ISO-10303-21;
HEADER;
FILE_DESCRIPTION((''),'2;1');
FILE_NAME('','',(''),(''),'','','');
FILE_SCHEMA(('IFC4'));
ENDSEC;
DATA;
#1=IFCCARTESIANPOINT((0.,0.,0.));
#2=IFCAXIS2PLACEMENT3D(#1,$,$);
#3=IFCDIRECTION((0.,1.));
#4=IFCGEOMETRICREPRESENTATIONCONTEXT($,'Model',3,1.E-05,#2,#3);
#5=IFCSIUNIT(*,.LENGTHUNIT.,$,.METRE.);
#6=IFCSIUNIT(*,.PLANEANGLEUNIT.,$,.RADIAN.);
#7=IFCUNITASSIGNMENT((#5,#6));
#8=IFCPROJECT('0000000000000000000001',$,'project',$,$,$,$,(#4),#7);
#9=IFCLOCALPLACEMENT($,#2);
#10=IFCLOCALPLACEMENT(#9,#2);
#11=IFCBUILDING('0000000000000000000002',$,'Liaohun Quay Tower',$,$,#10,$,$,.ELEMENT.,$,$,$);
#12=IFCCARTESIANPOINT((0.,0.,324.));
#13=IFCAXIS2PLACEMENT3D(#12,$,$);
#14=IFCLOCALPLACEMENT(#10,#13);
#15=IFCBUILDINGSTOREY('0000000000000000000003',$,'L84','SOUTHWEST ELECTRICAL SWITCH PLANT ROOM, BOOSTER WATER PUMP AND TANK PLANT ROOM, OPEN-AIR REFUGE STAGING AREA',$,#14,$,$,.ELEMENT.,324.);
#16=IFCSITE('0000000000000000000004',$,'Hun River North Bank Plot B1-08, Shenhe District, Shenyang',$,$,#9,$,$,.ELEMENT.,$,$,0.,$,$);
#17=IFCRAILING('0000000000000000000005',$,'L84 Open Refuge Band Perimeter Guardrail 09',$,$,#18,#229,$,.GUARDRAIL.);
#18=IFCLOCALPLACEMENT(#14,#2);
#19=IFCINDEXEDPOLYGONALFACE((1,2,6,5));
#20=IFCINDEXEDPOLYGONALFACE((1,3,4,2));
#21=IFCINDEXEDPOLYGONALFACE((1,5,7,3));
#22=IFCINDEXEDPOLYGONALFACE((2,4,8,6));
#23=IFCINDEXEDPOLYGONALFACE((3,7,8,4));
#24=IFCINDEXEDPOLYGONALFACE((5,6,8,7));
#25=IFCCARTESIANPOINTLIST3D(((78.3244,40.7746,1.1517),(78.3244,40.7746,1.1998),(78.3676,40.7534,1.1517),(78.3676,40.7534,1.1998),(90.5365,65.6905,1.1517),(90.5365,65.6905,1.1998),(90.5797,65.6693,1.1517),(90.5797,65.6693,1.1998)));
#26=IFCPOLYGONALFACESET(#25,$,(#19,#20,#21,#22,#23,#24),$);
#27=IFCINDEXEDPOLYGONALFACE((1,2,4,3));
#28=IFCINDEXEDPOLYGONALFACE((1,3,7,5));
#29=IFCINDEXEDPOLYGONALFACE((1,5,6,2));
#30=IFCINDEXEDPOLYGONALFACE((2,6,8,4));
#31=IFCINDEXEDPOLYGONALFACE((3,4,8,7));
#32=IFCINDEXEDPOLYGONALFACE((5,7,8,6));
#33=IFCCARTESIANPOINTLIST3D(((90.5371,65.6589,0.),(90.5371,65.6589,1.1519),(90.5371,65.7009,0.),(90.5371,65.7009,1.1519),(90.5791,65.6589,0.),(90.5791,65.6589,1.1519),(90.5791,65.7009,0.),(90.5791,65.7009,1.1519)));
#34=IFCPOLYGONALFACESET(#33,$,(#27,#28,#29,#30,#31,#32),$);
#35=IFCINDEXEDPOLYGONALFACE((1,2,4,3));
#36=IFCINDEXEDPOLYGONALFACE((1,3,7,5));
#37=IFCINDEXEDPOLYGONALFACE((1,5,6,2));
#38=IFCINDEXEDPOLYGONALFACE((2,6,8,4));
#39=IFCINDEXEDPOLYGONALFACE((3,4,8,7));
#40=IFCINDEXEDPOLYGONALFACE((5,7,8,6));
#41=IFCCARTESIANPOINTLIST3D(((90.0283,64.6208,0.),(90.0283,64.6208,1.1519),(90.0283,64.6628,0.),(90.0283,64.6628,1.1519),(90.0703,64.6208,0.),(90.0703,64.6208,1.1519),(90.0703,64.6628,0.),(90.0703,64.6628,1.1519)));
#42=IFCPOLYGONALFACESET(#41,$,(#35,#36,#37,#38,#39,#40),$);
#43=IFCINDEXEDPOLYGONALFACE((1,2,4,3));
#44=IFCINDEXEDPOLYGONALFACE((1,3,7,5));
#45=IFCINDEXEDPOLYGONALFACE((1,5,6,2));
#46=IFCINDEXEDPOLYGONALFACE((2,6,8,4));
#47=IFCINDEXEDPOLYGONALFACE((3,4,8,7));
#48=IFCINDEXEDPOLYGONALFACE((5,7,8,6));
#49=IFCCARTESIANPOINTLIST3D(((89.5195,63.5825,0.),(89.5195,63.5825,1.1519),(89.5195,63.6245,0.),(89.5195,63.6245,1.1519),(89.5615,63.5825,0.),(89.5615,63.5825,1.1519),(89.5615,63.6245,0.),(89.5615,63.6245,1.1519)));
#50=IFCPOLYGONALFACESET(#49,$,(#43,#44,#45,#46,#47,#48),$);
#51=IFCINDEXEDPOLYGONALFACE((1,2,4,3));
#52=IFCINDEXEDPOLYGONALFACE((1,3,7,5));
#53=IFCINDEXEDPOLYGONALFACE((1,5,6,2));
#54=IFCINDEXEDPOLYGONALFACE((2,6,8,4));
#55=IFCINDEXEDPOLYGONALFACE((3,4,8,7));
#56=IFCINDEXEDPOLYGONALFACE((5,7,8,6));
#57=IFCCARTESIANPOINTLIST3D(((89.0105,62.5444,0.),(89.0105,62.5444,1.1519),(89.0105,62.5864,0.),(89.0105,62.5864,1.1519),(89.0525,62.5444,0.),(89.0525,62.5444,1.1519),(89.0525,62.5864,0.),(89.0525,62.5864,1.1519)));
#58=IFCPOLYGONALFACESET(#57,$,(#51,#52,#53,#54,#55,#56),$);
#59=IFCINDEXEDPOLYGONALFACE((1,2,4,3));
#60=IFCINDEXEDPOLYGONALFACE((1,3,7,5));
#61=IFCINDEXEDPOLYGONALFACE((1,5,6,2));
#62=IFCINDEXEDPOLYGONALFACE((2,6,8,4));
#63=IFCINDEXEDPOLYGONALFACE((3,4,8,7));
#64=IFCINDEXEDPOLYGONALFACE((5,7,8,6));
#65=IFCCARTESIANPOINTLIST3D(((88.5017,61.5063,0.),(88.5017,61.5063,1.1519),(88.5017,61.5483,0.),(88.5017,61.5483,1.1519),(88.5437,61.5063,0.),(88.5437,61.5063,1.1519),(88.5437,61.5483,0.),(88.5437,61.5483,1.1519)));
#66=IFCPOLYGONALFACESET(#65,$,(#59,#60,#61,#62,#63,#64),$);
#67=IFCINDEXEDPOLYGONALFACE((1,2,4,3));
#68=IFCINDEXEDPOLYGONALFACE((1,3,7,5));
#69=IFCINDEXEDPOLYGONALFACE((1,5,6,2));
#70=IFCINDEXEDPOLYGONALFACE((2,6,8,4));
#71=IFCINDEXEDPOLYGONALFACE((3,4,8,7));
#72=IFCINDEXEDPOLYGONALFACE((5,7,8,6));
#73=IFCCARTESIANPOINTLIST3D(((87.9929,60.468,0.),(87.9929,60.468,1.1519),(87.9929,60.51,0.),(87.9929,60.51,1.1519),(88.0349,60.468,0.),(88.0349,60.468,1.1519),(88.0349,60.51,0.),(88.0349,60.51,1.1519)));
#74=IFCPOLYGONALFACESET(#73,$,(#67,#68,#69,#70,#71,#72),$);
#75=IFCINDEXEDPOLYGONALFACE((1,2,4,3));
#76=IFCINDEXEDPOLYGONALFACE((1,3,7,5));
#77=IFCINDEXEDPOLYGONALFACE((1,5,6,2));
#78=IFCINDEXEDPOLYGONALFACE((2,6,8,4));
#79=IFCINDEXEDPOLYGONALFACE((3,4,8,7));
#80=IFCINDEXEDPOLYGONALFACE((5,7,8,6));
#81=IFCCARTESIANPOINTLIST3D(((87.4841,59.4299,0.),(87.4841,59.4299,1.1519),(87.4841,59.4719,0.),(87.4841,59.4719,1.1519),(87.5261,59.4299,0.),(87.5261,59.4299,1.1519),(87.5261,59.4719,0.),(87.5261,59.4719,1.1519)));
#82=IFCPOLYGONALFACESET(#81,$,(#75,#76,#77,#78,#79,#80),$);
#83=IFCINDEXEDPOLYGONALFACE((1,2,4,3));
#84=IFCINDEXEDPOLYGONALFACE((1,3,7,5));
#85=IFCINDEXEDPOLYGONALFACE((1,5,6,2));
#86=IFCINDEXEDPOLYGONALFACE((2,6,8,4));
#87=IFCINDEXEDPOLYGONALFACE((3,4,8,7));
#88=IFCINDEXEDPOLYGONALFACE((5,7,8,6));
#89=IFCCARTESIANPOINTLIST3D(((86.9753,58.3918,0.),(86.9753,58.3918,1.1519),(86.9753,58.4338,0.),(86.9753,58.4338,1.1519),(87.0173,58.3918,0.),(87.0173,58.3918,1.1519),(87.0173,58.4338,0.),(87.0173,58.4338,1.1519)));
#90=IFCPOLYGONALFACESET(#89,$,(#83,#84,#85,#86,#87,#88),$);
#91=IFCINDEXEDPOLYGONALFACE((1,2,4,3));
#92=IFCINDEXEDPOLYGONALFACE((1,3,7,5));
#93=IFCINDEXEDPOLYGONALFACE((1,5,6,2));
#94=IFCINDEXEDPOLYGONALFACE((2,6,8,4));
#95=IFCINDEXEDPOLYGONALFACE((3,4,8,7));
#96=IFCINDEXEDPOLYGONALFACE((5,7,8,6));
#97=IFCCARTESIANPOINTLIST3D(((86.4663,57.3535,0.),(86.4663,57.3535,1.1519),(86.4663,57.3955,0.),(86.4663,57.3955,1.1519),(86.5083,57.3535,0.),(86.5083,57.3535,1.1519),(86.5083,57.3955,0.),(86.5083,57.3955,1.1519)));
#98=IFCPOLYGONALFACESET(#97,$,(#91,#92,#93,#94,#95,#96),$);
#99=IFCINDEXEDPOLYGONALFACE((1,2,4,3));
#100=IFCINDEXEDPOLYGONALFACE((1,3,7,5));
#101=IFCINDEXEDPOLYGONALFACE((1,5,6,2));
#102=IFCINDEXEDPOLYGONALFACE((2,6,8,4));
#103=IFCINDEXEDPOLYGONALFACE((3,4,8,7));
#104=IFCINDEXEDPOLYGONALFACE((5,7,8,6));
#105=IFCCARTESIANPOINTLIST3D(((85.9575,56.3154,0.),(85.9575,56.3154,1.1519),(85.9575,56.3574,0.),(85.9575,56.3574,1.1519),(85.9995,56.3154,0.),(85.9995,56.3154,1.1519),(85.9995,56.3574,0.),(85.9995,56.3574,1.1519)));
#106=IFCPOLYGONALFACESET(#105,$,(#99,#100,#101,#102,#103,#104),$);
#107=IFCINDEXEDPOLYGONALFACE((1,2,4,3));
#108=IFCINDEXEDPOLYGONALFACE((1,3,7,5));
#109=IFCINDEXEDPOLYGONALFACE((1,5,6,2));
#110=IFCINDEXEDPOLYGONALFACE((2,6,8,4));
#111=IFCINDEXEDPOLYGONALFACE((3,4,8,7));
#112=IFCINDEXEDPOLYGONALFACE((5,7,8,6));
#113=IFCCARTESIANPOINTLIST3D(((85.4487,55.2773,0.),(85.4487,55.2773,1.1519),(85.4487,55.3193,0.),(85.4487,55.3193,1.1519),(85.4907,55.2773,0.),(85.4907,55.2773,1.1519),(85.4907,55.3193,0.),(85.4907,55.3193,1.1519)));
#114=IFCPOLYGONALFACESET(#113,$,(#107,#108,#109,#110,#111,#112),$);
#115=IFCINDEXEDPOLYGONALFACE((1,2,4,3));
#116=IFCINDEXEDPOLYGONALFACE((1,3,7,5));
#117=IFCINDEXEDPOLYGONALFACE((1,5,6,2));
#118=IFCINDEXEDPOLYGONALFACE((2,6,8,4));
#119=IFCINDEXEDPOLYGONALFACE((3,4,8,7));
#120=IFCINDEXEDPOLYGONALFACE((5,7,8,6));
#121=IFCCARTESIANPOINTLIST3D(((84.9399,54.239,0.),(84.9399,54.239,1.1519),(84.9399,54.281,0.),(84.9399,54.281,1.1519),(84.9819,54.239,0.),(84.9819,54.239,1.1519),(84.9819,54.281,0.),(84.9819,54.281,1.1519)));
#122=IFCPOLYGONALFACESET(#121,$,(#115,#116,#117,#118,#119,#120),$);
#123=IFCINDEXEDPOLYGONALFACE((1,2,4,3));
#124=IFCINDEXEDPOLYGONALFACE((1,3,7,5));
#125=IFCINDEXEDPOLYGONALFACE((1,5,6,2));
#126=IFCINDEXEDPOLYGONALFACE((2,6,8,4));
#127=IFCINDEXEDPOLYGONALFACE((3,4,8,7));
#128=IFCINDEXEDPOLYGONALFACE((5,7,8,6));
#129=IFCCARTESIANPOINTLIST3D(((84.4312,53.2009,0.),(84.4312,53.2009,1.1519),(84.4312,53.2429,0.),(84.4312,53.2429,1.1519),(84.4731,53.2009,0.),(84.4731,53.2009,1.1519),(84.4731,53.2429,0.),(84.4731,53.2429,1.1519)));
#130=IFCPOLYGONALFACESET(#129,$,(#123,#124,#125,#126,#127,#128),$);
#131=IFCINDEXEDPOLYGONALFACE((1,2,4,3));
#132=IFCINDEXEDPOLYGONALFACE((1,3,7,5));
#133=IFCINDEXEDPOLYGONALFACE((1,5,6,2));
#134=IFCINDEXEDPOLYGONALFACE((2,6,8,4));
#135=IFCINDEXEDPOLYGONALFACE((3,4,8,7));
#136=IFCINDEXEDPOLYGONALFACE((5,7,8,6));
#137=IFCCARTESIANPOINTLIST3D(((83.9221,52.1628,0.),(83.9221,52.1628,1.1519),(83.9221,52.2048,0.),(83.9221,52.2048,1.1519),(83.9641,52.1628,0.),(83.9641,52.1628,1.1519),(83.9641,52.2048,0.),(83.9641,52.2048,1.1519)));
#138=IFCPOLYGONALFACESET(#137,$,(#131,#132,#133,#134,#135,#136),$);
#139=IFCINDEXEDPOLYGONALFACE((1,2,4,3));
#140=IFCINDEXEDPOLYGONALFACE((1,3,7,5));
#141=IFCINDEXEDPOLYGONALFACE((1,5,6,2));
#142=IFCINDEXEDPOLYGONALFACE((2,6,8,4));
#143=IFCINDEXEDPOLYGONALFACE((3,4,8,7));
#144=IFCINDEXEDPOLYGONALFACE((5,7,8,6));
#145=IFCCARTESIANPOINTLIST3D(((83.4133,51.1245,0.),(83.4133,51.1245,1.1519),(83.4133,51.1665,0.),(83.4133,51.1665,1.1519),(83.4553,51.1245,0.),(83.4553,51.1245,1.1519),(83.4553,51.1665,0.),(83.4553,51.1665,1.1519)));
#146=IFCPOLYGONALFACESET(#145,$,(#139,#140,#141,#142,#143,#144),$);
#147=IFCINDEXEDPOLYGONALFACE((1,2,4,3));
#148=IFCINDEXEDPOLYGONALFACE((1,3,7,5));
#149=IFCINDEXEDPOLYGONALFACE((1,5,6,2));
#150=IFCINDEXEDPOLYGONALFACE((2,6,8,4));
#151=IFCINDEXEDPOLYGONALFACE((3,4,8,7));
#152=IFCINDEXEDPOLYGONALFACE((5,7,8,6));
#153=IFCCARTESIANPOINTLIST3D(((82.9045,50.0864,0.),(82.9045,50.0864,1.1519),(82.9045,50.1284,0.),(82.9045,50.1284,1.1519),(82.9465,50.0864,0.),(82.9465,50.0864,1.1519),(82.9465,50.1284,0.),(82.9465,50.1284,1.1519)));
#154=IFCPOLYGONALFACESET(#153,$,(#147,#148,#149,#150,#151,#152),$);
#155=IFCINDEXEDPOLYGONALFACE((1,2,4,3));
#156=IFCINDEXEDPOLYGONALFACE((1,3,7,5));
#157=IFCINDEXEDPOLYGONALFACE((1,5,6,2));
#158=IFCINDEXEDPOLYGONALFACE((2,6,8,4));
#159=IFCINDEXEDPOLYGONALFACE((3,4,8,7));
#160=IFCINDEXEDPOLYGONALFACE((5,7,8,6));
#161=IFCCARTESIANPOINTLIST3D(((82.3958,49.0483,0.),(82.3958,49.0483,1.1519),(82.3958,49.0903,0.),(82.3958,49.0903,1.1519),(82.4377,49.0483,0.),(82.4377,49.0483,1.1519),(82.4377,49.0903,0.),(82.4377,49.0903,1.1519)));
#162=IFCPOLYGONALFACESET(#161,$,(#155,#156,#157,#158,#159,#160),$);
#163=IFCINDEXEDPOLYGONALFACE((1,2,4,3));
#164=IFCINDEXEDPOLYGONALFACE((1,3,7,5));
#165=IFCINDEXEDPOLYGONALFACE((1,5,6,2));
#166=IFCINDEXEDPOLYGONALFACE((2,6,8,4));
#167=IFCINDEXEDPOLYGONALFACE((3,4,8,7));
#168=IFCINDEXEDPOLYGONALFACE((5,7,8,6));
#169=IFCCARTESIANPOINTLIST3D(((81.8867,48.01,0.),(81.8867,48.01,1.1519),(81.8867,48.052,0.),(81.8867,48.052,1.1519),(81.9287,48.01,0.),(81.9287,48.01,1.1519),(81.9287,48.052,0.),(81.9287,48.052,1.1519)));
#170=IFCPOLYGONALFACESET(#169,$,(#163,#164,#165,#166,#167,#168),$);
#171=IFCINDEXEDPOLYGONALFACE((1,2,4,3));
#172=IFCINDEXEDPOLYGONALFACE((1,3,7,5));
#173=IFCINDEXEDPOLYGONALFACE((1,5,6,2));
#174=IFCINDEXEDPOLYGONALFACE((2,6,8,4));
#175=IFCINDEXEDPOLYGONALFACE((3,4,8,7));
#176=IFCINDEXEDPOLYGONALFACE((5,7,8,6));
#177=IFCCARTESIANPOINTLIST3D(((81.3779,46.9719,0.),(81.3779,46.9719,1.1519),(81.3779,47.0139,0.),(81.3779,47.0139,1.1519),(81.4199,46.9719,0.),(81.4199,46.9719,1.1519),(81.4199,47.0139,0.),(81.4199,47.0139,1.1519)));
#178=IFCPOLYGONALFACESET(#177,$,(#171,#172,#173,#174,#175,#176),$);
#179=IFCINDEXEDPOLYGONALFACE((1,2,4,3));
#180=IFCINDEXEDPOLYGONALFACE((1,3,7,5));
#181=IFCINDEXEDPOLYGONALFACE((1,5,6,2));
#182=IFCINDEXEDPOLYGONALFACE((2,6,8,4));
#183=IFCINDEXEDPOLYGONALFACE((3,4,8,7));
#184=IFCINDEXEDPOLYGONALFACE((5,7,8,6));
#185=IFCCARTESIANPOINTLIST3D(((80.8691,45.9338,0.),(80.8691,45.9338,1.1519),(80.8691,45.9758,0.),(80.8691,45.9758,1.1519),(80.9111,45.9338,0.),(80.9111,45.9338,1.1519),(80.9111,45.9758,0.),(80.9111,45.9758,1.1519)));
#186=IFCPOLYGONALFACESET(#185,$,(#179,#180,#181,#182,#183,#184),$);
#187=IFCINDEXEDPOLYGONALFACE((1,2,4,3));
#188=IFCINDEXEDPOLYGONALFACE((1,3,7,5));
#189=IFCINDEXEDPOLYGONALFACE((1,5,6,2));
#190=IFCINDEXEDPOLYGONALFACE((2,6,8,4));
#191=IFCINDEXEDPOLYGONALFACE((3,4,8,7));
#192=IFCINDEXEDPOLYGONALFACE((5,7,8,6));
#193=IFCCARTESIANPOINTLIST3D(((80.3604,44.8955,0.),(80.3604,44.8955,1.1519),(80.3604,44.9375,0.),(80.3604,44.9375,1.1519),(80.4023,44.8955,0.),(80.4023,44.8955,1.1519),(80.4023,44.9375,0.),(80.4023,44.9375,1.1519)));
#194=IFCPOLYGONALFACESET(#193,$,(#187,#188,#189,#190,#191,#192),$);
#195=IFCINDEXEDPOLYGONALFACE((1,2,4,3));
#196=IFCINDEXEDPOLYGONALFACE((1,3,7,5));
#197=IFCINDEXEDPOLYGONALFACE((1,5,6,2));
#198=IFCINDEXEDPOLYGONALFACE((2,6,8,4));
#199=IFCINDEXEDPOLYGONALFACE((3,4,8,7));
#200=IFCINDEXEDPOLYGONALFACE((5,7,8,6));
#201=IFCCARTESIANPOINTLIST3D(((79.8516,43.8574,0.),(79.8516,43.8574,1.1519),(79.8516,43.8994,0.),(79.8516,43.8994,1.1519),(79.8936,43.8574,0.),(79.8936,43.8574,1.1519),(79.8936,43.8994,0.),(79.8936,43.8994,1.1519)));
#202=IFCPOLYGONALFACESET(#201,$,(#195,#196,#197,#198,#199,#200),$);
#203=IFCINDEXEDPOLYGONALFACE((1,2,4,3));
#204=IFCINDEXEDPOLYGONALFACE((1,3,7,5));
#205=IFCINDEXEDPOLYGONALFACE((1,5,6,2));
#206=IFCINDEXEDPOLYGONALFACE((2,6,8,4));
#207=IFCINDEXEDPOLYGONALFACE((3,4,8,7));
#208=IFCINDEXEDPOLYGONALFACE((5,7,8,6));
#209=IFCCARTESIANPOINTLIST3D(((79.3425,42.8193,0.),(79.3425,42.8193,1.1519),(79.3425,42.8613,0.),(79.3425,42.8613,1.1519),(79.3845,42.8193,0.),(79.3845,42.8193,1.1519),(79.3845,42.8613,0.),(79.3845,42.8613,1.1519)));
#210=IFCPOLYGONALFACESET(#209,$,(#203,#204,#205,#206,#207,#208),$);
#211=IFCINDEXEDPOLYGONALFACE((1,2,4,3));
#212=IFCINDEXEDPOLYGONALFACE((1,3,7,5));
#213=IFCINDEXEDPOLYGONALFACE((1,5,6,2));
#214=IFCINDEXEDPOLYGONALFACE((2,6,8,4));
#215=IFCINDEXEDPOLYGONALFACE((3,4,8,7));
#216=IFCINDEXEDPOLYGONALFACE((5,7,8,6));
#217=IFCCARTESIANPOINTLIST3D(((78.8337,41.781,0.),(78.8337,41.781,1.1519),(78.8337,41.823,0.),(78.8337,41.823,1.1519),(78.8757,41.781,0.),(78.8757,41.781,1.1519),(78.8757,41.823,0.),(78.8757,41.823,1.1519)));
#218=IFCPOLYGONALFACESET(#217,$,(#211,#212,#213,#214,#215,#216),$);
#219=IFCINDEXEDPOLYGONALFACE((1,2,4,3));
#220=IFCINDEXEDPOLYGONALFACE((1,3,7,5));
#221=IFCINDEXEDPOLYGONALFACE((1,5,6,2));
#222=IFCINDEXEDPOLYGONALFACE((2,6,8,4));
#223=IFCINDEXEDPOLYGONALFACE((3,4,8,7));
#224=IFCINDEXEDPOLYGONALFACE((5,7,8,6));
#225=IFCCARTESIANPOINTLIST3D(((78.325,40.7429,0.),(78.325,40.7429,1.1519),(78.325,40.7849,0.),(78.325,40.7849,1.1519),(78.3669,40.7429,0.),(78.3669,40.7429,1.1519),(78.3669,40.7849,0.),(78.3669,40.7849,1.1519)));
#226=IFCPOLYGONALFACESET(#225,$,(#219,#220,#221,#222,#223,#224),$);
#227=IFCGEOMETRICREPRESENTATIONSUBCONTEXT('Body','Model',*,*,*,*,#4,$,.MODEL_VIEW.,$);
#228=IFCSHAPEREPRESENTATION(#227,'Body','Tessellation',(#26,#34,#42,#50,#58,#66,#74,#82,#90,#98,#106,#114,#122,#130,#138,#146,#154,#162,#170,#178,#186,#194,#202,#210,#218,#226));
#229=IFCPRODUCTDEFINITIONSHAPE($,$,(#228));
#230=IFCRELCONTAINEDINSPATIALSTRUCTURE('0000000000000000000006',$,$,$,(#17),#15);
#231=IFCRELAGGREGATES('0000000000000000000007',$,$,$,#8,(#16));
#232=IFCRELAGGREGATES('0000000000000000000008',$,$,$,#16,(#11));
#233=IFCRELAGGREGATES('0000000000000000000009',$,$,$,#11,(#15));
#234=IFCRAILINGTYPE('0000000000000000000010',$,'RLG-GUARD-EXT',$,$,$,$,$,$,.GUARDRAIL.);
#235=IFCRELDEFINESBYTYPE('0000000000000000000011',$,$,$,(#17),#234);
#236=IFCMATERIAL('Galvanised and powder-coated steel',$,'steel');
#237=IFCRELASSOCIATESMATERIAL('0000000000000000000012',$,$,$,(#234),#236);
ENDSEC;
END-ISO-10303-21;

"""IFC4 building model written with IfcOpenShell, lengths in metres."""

from ifc_helpers import new_model, si_unit, direction, frame, origin, origin_2d, place, context, subcontext, project, spatial, rectangle, extrude, material, type_object, element, save


model = new_model("IFC4")

# Units and contexts
model_context = context("Model", 3, precision=1e-05, world=origin(), true_north=direction((0.0, 1.0)))
body_context = subcontext(model_context, "Body", "Model", "MODEL_VIEW")
ifc_project = project(units=[si_unit("LENGTHUNIT", "METRE"), si_unit("PLANEANGLEUNIT", "RADIAN")], contexts=[model_context])

# Site, building, storey
site_placement = place(None, origin())
site = spatial("IfcSite", under=ifc_project, at=site_placement, Name="Hun River North Bank Plot B1-08, Shenhe District, Shenyang", CompositionType="ELEMENT", RefElevation=0.0)
building_placement = place(site_placement, origin())
building = spatial("IfcBuilding", under=site, at=building_placement, Name="Liaohun Quay Tower", CompositionType="ELEMENT")
storey_placement = place(building_placement, frame((0.0, 0.0, 324.0)))
storey = spatial("IfcBuildingStorey", under=building, at=storey_placement, Name="L84", Description="SOUTHWEST ELECTRICAL SWITCH PLANT ROOM, BOOSTER WATER PUMP AND TANK PLANT ROOM, OPEN-AIR REFUGE STAGING AREA", CompositionType="ELEMENT", Elevation=324.0)

# Railing
ifc_material_1 = material(Name="Galvanised and powder-coated steel", Category="steel")
railing_type = type_object("IfcRailingType", Name="RLG-GUARD-EXT", PredefinedType="GUARDRAIL", material=ifc_material_1)
railing_1_placement = place(storey_placement, frame((90.5581, 65.6799, 0.0)))
element("IfcRailing", 1, at=railing_1_placement, inside=storey, type_object=railing_type, Name="L84 Open Refuge Band Perimeter Guardrail 09", PredefinedType="GUARDRAIL", context=body_context, shape_type="SweptSolid", body=[
    extrude(rectangle(XDim=0.0481, YDim=0.0481, at=origin_2d()), frame((0.0, 0.0, 1.1758), z_axis=(-0.440111, -0.897943, 0.0), x_axis=(0.897943, -0.440111, 0.0)), (0.0, 0.0, 1.0), 27.7478),
    extrude(rectangle(XDim=0.042, YDim=0.042, at=origin_2d()), origin(), (0.0, 0.0, 1.0), 1.1519),
    extrude(rectangle(XDim=0.042, YDim=0.042, at=origin_2d()), frame((-0.5088, -1.0381, 0.0)), (0.0, 0.0, 1.0), 1.1519),
    extrude(rectangle(XDim=0.042, YDim=0.042, at=origin_2d()), frame((-1.0176, -2.0764, 0.0)), (0.0, 0.0, 1.0), 1.1519),
    extrude(rectangle(XDim=0.042, YDim=0.042, at=origin_2d()), frame((-1.5266, -3.1145, 0.0)), (0.0, 0.0, 1.0), 1.1519),
    extrude(rectangle(XDim=0.042, YDim=0.042, at=origin_2d()), frame((-2.0354, -4.1526, 0.0)), (0.0, 0.0, 1.0), 1.1519),
    extrude(rectangle(XDim=0.042, YDim=0.042, at=origin_2d()), frame((-2.5442, -5.1909, 0.0)), (0.0, 0.0, 1.0), 1.1519),
    extrude(rectangle(XDim=0.042, YDim=0.042, at=origin_2d()), frame((-3.053, -6.229, 0.0)), (0.0, 0.0, 1.0), 1.1519),
    extrude(rectangle(XDim=0.042, YDim=0.042, at=origin_2d()), frame((-3.5618, -7.2671, 0.0)), (0.0, 0.0, 1.0), 1.1519),
    extrude(rectangle(XDim=0.042, YDim=0.042, at=origin_2d()), frame((-4.0708, -8.3054, 0.0)), (0.0, 0.0, 1.0), 1.1519),
    extrude(rectangle(XDim=0.042, YDim=0.042, at=origin_2d()), frame((-4.5796, -9.3435, 0.0)), (0.0, 0.0, 1.0), 1.1519),
    extrude(rectangle(XDim=0.042, YDim=0.042, at=origin_2d()), frame((-5.0884, -10.3816, 0.0)), (0.0, 0.0, 1.0), 1.1519),
    extrude(rectangle(XDim=0.042, YDim=0.042, at=origin_2d()), frame((-5.5972, -11.4199, 0.0)), (0.0, 0.0, 1.0), 1.1519),
    extrude(rectangle(XDim=0.042, YDim=0.042, at=origin_2d()), frame((-6.106, -12.458, 0.0)), (0.0, 0.0, 1.0), 1.1519),
    extrude(rectangle(XDim=0.042, YDim=0.042, at=origin_2d()), frame((-6.615, -13.4961, 0.0)), (0.0, 0.0, 1.0), 1.1519),
    extrude(rectangle(XDim=0.042, YDim=0.042, at=origin_2d()), frame((-7.1238, -14.5344, 0.0)), (0.0, 0.0, 1.0), 1.1519),
    extrude(rectangle(XDim=0.042, YDim=0.042, at=origin_2d()), frame((-7.6326, -15.5725, 0.0)), (0.0, 0.0, 1.0), 1.1519),
    extrude(rectangle(XDim=0.042, YDim=0.042, at=origin_2d()), frame((-8.1414, -16.6106, 0.0)), (0.0, 0.0, 1.0), 1.1519),
    extrude(rectangle(XDim=0.042, YDim=0.042, at=origin_2d()), frame((-8.6504, -17.6489, 0.0)), (0.0, 0.0, 1.0), 1.1519),
    extrude(rectangle(XDim=0.042, YDim=0.042, at=origin_2d()), frame((-9.1592, -18.687, 0.0)), (0.0, 0.0, 1.0), 1.1519),
    extrude(rectangle(XDim=0.042, YDim=0.042, at=origin_2d()), frame((-9.668, -19.7251, 0.0)), (0.0, 0.0, 1.0), 1.1519),
    extrude(rectangle(XDim=0.042, YDim=0.042, at=origin_2d()), frame((-10.1768, -20.7634, 0.0)), (0.0, 0.0, 1.0), 1.1519),
    extrude(rectangle(XDim=0.042, YDim=0.042, at=origin_2d()), frame((-10.6855, -21.8015, 0.0)), (0.0, 0.0, 1.0), 1.1519),
    extrude(rectangle(XDim=0.042, YDim=0.042, at=origin_2d()), frame((-11.1946, -22.8396, 0.0)), (0.0, 0.0, 1.0), 1.1519),
    extrude(rectangle(XDim=0.042, YDim=0.042, at=origin_2d()), frame((-11.7034, -23.8779, 0.0)), (0.0, 0.0, 1.0), 1.1519),
    extrude(rectangle(XDim=0.042, YDim=0.042, at=origin_2d()), frame((-12.2122, -24.916, 0.0)), (0.0, 0.0, 1.0), 1.1519),
])

save(model, "model.ifc")
